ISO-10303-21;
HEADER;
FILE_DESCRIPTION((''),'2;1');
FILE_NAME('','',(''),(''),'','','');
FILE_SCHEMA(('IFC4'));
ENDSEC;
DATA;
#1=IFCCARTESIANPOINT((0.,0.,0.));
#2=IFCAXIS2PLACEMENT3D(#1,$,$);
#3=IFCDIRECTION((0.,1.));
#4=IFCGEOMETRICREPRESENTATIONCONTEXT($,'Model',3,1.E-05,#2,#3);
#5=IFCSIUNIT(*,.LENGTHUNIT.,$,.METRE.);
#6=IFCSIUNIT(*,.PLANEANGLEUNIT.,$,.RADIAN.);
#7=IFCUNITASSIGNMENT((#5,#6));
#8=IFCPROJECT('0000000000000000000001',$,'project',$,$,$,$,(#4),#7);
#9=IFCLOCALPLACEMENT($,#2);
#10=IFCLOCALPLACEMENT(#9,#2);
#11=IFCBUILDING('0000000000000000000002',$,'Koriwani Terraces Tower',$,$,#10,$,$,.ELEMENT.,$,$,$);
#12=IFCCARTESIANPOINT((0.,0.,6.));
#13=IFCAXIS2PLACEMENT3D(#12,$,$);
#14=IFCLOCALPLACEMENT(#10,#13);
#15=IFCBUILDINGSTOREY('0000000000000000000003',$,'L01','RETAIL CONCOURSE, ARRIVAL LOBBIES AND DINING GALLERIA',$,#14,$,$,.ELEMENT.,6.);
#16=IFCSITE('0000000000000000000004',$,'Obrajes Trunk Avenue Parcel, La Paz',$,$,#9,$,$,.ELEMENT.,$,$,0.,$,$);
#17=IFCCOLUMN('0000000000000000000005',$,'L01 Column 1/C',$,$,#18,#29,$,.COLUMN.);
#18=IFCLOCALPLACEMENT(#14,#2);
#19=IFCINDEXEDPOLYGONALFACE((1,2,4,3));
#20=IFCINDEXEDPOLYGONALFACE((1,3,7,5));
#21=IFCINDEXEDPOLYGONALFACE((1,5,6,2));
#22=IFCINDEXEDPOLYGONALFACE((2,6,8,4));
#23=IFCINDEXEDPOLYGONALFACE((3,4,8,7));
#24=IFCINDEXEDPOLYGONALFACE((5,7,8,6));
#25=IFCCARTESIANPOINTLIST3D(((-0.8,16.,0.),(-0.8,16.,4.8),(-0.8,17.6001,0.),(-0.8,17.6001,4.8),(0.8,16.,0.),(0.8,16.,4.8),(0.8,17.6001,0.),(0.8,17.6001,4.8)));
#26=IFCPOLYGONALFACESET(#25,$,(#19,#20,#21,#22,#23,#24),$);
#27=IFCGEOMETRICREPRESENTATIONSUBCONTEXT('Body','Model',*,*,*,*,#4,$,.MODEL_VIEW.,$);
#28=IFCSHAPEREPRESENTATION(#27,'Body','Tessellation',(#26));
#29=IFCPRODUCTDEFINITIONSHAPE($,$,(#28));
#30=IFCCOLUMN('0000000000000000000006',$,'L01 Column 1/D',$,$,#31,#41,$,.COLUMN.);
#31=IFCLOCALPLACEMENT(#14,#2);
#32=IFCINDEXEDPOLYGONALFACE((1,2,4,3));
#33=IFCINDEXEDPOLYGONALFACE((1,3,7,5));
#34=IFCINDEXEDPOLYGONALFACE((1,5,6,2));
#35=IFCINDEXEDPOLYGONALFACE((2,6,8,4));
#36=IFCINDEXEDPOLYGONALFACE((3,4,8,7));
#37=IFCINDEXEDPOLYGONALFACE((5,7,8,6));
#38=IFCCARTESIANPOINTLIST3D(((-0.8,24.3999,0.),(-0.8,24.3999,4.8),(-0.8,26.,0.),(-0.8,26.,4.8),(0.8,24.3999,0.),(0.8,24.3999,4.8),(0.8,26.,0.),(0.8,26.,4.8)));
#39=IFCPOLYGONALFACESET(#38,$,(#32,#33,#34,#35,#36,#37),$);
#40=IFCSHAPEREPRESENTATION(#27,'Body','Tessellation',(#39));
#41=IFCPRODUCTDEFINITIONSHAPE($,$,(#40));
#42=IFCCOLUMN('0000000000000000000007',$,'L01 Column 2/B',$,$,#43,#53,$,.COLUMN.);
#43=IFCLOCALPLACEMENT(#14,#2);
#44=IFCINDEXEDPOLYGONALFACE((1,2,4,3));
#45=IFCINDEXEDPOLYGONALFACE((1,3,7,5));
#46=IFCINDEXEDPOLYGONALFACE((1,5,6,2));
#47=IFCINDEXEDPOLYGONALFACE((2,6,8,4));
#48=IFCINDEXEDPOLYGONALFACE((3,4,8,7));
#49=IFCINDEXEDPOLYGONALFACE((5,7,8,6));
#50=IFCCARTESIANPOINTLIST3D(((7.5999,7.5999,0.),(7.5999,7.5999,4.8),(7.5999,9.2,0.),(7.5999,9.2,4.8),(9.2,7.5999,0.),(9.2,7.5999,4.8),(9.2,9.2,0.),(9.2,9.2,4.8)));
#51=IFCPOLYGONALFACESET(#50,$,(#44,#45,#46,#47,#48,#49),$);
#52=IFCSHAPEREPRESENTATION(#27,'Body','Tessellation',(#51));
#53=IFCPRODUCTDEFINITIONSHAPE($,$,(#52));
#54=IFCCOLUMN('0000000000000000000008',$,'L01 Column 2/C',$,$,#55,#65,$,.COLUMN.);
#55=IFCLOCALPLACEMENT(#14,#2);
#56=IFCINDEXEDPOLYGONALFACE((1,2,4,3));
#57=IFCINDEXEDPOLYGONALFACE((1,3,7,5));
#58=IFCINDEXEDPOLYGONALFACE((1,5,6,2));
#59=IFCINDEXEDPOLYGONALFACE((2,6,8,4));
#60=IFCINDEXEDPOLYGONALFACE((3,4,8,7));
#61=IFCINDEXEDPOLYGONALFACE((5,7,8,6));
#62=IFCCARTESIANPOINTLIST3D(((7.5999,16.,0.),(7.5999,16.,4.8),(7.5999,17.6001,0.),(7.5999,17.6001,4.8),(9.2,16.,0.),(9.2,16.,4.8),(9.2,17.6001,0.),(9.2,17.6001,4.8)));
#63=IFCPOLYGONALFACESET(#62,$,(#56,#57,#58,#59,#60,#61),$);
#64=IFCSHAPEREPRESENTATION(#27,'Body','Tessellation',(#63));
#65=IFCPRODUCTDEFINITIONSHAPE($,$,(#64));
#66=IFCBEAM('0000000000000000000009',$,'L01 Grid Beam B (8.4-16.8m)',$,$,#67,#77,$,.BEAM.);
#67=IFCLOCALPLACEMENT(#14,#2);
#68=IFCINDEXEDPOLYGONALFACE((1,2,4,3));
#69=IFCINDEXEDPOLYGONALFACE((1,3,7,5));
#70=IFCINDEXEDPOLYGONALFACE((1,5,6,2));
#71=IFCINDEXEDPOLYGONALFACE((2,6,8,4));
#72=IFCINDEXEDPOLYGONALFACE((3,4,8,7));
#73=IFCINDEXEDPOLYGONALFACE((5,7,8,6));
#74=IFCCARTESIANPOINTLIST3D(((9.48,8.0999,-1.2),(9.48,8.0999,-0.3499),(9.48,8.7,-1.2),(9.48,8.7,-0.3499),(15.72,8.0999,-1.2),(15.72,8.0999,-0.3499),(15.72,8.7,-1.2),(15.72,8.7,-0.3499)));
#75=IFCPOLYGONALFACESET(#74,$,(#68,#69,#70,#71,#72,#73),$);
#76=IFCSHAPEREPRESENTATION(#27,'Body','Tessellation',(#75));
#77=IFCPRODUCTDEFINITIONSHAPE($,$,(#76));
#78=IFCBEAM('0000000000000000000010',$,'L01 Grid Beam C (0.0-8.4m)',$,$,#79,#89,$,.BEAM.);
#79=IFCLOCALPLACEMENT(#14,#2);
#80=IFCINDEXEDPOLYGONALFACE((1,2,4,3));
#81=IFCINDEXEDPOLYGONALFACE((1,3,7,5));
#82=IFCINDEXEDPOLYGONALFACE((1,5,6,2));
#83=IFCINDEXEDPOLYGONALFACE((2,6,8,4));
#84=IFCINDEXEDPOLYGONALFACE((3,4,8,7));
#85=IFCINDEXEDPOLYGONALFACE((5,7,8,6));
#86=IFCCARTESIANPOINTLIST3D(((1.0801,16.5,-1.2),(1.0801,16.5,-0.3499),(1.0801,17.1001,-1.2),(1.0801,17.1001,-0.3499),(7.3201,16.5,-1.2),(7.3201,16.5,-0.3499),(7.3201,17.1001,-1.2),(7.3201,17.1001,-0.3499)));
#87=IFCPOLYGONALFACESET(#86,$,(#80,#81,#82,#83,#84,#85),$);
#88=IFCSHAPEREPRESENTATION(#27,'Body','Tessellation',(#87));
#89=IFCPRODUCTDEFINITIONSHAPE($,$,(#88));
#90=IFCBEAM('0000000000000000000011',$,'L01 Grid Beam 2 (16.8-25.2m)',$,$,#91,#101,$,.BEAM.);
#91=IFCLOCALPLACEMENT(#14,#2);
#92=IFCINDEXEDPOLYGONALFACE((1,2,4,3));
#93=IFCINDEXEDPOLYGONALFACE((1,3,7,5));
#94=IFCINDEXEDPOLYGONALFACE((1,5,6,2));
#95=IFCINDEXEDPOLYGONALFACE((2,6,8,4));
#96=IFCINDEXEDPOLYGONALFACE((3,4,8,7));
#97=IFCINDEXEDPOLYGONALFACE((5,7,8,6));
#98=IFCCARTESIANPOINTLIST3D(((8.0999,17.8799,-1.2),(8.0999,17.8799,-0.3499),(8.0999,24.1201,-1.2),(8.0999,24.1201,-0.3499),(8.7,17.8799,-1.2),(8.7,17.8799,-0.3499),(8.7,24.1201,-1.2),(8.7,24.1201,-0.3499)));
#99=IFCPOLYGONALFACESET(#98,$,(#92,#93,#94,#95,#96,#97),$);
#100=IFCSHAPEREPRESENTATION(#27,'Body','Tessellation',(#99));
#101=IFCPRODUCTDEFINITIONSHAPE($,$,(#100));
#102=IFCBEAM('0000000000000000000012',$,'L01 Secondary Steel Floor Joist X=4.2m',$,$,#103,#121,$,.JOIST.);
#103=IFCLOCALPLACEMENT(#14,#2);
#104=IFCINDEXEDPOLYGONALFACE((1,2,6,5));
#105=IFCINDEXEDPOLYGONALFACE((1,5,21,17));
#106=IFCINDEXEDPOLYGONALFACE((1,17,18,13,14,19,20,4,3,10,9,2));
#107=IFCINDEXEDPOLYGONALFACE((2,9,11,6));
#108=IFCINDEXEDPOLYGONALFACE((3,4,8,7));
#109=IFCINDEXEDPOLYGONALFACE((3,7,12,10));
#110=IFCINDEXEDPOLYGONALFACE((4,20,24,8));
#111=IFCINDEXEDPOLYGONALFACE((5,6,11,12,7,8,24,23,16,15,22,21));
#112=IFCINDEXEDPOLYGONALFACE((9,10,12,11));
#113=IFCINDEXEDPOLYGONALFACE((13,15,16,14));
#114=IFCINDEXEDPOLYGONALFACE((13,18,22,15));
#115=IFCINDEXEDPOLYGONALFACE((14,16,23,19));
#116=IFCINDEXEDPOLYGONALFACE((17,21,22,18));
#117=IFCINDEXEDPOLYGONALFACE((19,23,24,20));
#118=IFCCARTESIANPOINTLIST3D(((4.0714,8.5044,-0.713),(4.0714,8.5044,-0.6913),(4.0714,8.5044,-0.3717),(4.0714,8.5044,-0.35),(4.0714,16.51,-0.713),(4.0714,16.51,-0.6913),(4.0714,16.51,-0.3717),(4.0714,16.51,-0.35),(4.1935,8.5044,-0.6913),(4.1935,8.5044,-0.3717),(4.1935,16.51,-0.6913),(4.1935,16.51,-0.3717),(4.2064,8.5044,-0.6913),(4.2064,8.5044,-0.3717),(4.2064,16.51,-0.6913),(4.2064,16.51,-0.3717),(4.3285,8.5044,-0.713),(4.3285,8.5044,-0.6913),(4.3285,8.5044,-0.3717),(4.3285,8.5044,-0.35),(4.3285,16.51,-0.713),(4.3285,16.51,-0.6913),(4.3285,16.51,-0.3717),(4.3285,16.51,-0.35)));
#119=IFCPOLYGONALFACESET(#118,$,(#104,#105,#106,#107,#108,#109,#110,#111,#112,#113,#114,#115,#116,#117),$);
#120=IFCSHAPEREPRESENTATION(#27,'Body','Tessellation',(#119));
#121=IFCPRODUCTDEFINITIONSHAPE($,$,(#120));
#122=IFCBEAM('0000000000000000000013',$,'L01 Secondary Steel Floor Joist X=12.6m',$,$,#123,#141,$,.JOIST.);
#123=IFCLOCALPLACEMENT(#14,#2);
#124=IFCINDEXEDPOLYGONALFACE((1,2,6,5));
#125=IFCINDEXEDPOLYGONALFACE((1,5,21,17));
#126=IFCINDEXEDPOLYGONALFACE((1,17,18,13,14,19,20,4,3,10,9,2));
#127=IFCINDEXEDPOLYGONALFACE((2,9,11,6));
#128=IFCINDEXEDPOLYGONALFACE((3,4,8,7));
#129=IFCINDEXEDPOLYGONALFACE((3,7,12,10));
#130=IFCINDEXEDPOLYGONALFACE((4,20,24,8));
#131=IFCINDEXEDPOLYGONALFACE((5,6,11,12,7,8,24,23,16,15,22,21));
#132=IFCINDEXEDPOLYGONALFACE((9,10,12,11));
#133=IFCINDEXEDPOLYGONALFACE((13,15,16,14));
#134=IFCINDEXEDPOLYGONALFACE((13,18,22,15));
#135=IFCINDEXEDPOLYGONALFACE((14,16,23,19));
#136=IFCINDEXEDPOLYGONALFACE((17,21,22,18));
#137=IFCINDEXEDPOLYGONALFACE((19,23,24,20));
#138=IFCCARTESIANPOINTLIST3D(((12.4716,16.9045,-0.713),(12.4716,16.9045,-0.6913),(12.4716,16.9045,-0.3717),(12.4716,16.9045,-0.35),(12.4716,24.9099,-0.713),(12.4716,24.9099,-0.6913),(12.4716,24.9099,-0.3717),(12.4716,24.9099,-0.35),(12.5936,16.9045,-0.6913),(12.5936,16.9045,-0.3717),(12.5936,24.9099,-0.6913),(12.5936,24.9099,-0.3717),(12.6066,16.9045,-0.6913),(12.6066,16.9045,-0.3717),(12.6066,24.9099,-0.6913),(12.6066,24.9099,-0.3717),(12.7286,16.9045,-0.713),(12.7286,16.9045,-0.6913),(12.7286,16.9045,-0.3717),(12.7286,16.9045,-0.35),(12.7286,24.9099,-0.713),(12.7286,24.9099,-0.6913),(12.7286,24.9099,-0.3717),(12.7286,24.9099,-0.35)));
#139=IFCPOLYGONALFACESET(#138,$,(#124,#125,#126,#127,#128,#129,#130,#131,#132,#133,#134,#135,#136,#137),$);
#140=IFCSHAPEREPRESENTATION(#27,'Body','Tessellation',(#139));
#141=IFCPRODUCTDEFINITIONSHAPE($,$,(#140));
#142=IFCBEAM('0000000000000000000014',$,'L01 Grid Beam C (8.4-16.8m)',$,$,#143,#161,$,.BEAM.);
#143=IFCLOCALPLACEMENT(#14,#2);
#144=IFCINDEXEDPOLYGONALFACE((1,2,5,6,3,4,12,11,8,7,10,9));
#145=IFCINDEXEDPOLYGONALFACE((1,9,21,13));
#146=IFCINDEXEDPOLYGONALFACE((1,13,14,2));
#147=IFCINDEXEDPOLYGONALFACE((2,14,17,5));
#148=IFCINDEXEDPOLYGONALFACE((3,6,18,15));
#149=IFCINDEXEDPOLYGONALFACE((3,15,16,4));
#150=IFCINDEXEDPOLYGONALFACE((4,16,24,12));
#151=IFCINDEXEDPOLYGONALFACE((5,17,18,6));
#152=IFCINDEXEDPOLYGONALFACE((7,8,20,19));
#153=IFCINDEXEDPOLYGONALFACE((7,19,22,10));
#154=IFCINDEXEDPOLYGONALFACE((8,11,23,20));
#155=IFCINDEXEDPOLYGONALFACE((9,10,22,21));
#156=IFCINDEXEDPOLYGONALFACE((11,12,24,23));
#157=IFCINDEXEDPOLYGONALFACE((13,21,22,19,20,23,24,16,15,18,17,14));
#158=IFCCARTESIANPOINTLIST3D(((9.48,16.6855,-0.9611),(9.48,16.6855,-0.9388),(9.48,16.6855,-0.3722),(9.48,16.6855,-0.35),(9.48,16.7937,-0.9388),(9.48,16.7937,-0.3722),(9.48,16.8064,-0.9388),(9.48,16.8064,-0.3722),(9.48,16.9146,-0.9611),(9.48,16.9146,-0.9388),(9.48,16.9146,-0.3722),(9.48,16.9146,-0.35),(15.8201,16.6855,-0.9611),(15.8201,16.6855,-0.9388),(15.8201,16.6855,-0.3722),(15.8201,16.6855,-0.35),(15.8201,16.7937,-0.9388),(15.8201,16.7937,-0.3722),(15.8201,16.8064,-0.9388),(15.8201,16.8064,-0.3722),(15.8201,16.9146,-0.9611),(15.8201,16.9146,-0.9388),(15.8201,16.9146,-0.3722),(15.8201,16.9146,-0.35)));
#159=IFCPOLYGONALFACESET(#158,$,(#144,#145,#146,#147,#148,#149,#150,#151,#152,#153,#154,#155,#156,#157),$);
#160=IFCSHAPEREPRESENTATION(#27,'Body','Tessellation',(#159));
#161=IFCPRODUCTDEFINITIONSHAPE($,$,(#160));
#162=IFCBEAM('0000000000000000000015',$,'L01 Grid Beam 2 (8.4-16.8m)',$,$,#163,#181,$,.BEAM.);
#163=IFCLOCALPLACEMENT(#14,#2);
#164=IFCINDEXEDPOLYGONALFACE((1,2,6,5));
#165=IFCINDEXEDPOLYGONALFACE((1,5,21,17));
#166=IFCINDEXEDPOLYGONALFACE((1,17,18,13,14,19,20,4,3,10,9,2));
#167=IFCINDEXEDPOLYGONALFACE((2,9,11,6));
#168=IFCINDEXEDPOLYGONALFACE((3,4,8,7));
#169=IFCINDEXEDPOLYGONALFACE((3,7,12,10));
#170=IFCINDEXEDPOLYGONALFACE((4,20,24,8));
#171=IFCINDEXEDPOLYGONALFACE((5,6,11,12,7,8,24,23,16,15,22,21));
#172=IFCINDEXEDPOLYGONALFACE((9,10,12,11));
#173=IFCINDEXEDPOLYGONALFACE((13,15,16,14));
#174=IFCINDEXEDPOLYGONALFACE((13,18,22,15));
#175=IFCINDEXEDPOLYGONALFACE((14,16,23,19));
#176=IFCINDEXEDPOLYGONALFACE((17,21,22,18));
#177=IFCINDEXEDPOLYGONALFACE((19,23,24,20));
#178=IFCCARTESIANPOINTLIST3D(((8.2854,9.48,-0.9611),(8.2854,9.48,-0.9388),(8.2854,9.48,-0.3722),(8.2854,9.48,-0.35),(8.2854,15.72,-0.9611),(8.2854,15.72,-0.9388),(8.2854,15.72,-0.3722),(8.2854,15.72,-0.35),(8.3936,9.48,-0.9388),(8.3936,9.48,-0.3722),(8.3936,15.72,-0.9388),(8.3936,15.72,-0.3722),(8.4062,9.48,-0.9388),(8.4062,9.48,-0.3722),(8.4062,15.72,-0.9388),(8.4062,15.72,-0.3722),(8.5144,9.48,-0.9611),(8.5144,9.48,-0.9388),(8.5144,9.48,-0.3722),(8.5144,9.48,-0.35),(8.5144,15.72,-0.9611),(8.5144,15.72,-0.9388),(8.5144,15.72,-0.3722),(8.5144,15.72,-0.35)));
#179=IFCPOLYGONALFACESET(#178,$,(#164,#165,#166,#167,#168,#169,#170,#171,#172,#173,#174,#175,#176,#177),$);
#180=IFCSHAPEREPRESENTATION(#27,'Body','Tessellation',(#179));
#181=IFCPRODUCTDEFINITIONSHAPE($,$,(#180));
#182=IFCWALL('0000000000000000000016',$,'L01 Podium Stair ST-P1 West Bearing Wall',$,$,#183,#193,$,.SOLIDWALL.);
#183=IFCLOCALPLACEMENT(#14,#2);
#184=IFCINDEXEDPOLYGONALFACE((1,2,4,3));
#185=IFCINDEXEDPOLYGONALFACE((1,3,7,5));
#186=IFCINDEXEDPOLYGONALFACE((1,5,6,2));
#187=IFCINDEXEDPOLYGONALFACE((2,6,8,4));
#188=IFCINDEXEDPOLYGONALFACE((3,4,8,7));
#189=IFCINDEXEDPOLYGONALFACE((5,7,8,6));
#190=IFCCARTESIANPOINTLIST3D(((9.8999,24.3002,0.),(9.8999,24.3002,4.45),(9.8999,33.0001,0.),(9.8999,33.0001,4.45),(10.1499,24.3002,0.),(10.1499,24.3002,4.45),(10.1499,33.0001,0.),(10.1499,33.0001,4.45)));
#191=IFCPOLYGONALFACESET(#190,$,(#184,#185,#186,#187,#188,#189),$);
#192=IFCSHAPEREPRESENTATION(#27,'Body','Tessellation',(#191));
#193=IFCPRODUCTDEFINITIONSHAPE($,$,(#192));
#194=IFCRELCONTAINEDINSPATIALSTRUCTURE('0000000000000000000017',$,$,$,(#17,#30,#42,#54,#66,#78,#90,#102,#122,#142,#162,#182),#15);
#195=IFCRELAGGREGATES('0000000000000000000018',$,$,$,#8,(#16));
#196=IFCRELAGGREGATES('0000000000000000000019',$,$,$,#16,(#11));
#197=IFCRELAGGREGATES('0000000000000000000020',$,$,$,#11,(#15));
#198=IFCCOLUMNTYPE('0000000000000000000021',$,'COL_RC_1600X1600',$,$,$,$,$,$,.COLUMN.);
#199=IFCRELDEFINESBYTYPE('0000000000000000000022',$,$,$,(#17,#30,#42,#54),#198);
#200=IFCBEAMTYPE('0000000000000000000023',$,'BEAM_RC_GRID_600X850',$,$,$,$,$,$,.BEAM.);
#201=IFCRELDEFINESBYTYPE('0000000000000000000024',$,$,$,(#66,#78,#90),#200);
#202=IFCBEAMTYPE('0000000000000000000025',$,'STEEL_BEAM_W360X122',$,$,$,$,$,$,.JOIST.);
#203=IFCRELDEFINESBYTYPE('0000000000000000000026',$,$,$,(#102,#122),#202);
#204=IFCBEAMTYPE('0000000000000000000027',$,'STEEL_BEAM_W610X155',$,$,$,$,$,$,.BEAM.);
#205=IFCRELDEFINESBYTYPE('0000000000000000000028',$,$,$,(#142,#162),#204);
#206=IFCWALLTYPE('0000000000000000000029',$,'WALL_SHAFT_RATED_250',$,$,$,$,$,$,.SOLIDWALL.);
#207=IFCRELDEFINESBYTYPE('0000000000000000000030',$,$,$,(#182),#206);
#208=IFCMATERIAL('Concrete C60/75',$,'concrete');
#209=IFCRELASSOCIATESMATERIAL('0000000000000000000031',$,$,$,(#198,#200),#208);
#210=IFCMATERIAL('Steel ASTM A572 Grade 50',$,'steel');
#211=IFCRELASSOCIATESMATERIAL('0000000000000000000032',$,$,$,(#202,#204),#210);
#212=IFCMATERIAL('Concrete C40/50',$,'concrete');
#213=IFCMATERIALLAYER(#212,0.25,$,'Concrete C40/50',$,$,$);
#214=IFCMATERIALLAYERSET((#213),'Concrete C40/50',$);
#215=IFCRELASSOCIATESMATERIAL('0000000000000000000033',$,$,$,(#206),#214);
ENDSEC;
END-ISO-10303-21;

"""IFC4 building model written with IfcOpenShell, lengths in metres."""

from ifc_helpers import new_model, si_unit, direction, frame, frame_2d, origin, origin_2d, place, context, subcontext, project, spatial, rectangle, i_section, extrude, material, layer, layer_set, material_profile, profile_set, type_object, element, save


model = new_model("IFC4")

# Units and contexts
model_context = context("Model", 3, precision=1e-05, world=origin(), true_north=direction((0.0, 1.0)))
body_context = subcontext(model_context, "Body", "Model", "MODEL_VIEW")
ifc_project = project(units=[si_unit("LENGTHUNIT", "METRE"), si_unit("PLANEANGLEUNIT", "RADIAN")], contexts=[model_context])

# Site, building, storey
site_placement = place(None, origin())
site = spatial("IfcSite", under=ifc_project, at=site_placement, Name="Obrajes Trunk Avenue Parcel, La Paz", CompositionType="ELEMENT", RefElevation=0.0)
building_placement = place(site_placement, origin())
building = spatial("IfcBuilding", under=site, at=building_placement, Name="Koriwani Terraces Tower", CompositionType="ELEMENT")
storey_placement = place(building_placement, frame((0.0, 0.0, 6.0)))
storey = spatial("IfcBuildingStorey", under=building, at=storey_placement, Name="L01", Description="RETAIL CONCOURSE, ARRIVAL LOBBIES AND DINING GALLERIA", CompositionType="ELEMENT", Elevation=6.0)

# Columns
ifc_material_1 = material(Name="Concrete C60/75", Category="concrete")
ifc_material_profile_1 = material_profile(ifc_material_1, rectangle(XDim=1.6001, YDim=1.6001, at=origin_2d()), Name="Concrete C60/75", Category="LoadBearing")
ifc_profile_set_1 = profile_set([ifc_material_profile_1], Name="Concrete C60/75")
column_type = type_object("IfcColumnType", Name="COL_RC_1600X1600", PredefinedType="COLUMN", material=ifc_profile_set_1)
for number, where, z_axis, x_axis, name in (
    (1, (0.0, 16.8, 0.0), (0.0, 0.0, 1.0), (1.0, 0.0, 0.0), "L01 Column 1/C"),
    (2, (0.0, 25.2, 0.0), (0.0, 0.0, 1.0), (1.0, 0.0, 0.0), "L01 Column 1/D"),
    (3, (8.3999, 8.3999, 0.0), (0.0, 0.0, 1.0), (1.0, 0.0, 0.0), "L01 Column 2/B"),
    (4, (8.3999, 16.8, 0.0), (0.0, 0.0, 1.0), (1.0, 0.0, 0.0), "L01 Column 2/C"),
):
    element("IfcColumn", number, at=place(storey_placement, frame(where, z_axis=z_axis, x_axis=x_axis)), inside=storey, type_object=column_type, Name=name, PredefinedType="COLUMN", context=body_context, shape_type="SweptSolid", body=[
        extrude(rectangle(XDim=1.6001, YDim=1.6001, at=origin_2d()), origin(), (0.0, 0.0, 1.0), 4.8),
    ])

# Beams
ifc_material_profile_2 = material_profile(ifc_material_1, rectangle(XDim=0.6001, YDim=0.8501, at=origin_2d()), Name="Concrete C60/75", Category="LoadBearing")
ifc_profile_set_2 = profile_set([ifc_material_profile_2], Name="Concrete C60/75")
beam_type_1 = type_object("IfcBeamType", Name="BEAM_RC_GRID_600X850", PredefinedType="BEAM", material=ifc_profile_set_2)
for number, where, z_axis, x_axis, name in (
    (5, (9.48, 8.3999, -0.7749), (1.0, 0.0, 0.0), (0.0, 1.0, 0.0), "L01 Grid Beam B (8.4-16.8m)"),
    (6, (1.0801, 16.8, -0.7749), (1.0, 0.0, 0.0), (0.0, 1.0, 0.0), "L01 Grid Beam C (0.0-8.4m)"),
):
    element("IfcBeam", number, at=place(storey_placement, frame(where, z_axis=z_axis, x_axis=x_axis)), inside=storey, type_object=beam_type_1, Name=name, PredefinedType="BEAM", context=body_context, shape_type="SweptSolid", body=[
        extrude(rectangle(XDim=0.6001, YDim=0.8501, at=origin_2d()), origin(), (0.0, 0.0, 1.0), 6.24),
    ])
beam_1_placement = place(storey_placement, frame((8.3999, 17.8799, -0.7749), z_axis=(0.0, 1.0, 0.0), x_axis=(-1.0, 0.0, 0.0)))
element("IfcBeam", 7, at=beam_1_placement, inside=storey, type_object=beam_type_1, Name="L01 Grid Beam 2 (16.8-25.2m)", PredefinedType="BEAM", context=body_context, shape_type="SweptSolid", body=[
    extrude(rectangle(XDim=0.6001, YDim=0.8501, at=origin_2d()), origin(), (0.0, 0.0, 1.0), 6.2402),
])
ifc_material_2 = material(Name="Steel ASTM A572 Grade 50", Category="steel")
ifc_material_profile_3 = material_profile(ifc_material_2, i_section(OverallWidth=0.2571, OverallDepth=0.363, WebThickness=0.0129, FlangeThickness=0.0217, at=origin_2d()), Name="Steel ASTM A572 Grade 50", Category="LoadBearing")
ifc_profile_set_3 = profile_set([ifc_material_profile_3], Name="Steel ASTM A572 Grade 50")
beam_type_2 = type_object("IfcBeamType", Name="STEEL_BEAM_W360X122", PredefinedType="JOIST", material=ifc_profile_set_3)
beam_2_placement = place(storey_placement, frame((4.2, 8.5044, -0.5315), z_axis=(0.0, 1.0, 0.0), x_axis=(-1.0, 0.0, 0.0)))
element("IfcBeam", 8, at=beam_2_placement, inside=storey, type_object=beam_type_2, Name="L01 Secondary Steel Floor Joist X=4.2m", PredefinedType="JOIST", context=body_context, shape_type="SweptSolid", body=[
    extrude(i_section(OverallWidth=0.2571, OverallDepth=0.363, WebThickness=0.0129, FlangeThickness=0.0217, at=origin_2d()), origin(), (0.0, 0.0, 1.0), 8.0056),
])
beam_3_placement = place(storey_placement, frame((12.6001, 16.9045, -0.5315), z_axis=(0.0, 1.0, 0.0), x_axis=(-1.0, 0.0, 0.0)))
element("IfcBeam", 9, at=beam_3_placement, inside=storey, type_object=beam_type_2, Name="L01 Secondary Steel Floor Joist X=12.6m", PredefinedType="JOIST", context=body_context, shape_type="SweptSolid", body=[
    extrude(i_section(OverallWidth=0.2571, OverallDepth=0.363, WebThickness=0.0129, FlangeThickness=0.0217, at=origin_2d()), origin(), (0.0, 0.0, 1.0), 8.0054),
])
ifc_material_profile_4 = material_profile(ifc_material_2, i_section(OverallWidth=0.229, OverallDepth=0.6111, WebThickness=0.0127, FlangeThickness=0.0222, at=origin_2d()), Name="Steel ASTM A572 Grade 50", Category="LoadBearing")
ifc_profile_set_4 = profile_set([ifc_material_profile_4], Name="Steel ASTM A572 Grade 50")
beam_type_3 = type_object("IfcBeamType", Name="STEEL_BEAM_W610X155", PredefinedType="BEAM", material=ifc_profile_set_4)
beam_4_placement = place(storey_placement, frame((9.48, 16.8, -0.6555), z_axis=(1.0, 0.0, 0.0), x_axis=(0.0, 1.0, 0.0)))
element("IfcBeam", 10, at=beam_4_placement, inside=storey, type_object=beam_type_3, Name="L01 Grid Beam C (8.4-16.8m)", PredefinedType="BEAM", context=body_context, shape_type="SweptSolid", body=[
    extrude(i_section(OverallWidth=0.229, OverallDepth=0.6111, WebThickness=0.0127, FlangeThickness=0.0222, at=origin_2d()), origin(), (0.0, 0.0, 1.0), 6.3401),
])
beam_5_placement = place(storey_placement, frame((8.3999, 9.48, -0.6555), z_axis=(0.0, 1.0, 0.0), x_axis=(-1.0, 0.0, 0.0)))
element("IfcBeam", 11, at=beam_5_placement, inside=storey, type_object=beam_type_3, Name="L01 Grid Beam 2 (8.4-16.8m)", PredefinedType="BEAM", context=body_context, shape_type="SweptSolid", body=[
    extrude(i_section(OverallWidth=0.229, OverallDepth=0.6111, WebThickness=0.0127, FlangeThickness=0.0222, at=origin_2d()), origin(), (0.0, 0.0, 1.0), 6.24),
])

# Wall
ifc_material_3 = material(Name="Concrete C40/50", Category="concrete")
ifc_layer = layer(ifc_material_3, 0.25, Name="Concrete C40/50")
ifc_layer_set = layer_set([ifc_layer], Name="Concrete C40/50")
wall_type = type_object("IfcWallType", Name="WALL_SHAFT_RATED_250", PredefinedType="SOLIDWALL", material=ifc_layer_set)
for number, where, z_axis, x_axis, name in (
    (12, (10.0249, 24.3, 0.0), (0.0, 0.0, 1.0), (0.0, 1.0, 0.0), "L01 Podium Stair ST-P1 West Bearing Wall"),
):
    element("IfcWall", number, at=place(storey_placement, frame(where, z_axis=z_axis, x_axis=x_axis)), inside=storey, type_object=wall_type, Name=name, PredefinedType="SOLIDWALL", context=body_context, shape_type="SweptSolid", body=[
        extrude(rectangle(XDim=8.7, YDim=0.25, at=frame_2d((4.3501, 0.0))), origin(), (0.0, 0.0, 1.0), 4.45),
    ])

save(model, "model.ifc")
